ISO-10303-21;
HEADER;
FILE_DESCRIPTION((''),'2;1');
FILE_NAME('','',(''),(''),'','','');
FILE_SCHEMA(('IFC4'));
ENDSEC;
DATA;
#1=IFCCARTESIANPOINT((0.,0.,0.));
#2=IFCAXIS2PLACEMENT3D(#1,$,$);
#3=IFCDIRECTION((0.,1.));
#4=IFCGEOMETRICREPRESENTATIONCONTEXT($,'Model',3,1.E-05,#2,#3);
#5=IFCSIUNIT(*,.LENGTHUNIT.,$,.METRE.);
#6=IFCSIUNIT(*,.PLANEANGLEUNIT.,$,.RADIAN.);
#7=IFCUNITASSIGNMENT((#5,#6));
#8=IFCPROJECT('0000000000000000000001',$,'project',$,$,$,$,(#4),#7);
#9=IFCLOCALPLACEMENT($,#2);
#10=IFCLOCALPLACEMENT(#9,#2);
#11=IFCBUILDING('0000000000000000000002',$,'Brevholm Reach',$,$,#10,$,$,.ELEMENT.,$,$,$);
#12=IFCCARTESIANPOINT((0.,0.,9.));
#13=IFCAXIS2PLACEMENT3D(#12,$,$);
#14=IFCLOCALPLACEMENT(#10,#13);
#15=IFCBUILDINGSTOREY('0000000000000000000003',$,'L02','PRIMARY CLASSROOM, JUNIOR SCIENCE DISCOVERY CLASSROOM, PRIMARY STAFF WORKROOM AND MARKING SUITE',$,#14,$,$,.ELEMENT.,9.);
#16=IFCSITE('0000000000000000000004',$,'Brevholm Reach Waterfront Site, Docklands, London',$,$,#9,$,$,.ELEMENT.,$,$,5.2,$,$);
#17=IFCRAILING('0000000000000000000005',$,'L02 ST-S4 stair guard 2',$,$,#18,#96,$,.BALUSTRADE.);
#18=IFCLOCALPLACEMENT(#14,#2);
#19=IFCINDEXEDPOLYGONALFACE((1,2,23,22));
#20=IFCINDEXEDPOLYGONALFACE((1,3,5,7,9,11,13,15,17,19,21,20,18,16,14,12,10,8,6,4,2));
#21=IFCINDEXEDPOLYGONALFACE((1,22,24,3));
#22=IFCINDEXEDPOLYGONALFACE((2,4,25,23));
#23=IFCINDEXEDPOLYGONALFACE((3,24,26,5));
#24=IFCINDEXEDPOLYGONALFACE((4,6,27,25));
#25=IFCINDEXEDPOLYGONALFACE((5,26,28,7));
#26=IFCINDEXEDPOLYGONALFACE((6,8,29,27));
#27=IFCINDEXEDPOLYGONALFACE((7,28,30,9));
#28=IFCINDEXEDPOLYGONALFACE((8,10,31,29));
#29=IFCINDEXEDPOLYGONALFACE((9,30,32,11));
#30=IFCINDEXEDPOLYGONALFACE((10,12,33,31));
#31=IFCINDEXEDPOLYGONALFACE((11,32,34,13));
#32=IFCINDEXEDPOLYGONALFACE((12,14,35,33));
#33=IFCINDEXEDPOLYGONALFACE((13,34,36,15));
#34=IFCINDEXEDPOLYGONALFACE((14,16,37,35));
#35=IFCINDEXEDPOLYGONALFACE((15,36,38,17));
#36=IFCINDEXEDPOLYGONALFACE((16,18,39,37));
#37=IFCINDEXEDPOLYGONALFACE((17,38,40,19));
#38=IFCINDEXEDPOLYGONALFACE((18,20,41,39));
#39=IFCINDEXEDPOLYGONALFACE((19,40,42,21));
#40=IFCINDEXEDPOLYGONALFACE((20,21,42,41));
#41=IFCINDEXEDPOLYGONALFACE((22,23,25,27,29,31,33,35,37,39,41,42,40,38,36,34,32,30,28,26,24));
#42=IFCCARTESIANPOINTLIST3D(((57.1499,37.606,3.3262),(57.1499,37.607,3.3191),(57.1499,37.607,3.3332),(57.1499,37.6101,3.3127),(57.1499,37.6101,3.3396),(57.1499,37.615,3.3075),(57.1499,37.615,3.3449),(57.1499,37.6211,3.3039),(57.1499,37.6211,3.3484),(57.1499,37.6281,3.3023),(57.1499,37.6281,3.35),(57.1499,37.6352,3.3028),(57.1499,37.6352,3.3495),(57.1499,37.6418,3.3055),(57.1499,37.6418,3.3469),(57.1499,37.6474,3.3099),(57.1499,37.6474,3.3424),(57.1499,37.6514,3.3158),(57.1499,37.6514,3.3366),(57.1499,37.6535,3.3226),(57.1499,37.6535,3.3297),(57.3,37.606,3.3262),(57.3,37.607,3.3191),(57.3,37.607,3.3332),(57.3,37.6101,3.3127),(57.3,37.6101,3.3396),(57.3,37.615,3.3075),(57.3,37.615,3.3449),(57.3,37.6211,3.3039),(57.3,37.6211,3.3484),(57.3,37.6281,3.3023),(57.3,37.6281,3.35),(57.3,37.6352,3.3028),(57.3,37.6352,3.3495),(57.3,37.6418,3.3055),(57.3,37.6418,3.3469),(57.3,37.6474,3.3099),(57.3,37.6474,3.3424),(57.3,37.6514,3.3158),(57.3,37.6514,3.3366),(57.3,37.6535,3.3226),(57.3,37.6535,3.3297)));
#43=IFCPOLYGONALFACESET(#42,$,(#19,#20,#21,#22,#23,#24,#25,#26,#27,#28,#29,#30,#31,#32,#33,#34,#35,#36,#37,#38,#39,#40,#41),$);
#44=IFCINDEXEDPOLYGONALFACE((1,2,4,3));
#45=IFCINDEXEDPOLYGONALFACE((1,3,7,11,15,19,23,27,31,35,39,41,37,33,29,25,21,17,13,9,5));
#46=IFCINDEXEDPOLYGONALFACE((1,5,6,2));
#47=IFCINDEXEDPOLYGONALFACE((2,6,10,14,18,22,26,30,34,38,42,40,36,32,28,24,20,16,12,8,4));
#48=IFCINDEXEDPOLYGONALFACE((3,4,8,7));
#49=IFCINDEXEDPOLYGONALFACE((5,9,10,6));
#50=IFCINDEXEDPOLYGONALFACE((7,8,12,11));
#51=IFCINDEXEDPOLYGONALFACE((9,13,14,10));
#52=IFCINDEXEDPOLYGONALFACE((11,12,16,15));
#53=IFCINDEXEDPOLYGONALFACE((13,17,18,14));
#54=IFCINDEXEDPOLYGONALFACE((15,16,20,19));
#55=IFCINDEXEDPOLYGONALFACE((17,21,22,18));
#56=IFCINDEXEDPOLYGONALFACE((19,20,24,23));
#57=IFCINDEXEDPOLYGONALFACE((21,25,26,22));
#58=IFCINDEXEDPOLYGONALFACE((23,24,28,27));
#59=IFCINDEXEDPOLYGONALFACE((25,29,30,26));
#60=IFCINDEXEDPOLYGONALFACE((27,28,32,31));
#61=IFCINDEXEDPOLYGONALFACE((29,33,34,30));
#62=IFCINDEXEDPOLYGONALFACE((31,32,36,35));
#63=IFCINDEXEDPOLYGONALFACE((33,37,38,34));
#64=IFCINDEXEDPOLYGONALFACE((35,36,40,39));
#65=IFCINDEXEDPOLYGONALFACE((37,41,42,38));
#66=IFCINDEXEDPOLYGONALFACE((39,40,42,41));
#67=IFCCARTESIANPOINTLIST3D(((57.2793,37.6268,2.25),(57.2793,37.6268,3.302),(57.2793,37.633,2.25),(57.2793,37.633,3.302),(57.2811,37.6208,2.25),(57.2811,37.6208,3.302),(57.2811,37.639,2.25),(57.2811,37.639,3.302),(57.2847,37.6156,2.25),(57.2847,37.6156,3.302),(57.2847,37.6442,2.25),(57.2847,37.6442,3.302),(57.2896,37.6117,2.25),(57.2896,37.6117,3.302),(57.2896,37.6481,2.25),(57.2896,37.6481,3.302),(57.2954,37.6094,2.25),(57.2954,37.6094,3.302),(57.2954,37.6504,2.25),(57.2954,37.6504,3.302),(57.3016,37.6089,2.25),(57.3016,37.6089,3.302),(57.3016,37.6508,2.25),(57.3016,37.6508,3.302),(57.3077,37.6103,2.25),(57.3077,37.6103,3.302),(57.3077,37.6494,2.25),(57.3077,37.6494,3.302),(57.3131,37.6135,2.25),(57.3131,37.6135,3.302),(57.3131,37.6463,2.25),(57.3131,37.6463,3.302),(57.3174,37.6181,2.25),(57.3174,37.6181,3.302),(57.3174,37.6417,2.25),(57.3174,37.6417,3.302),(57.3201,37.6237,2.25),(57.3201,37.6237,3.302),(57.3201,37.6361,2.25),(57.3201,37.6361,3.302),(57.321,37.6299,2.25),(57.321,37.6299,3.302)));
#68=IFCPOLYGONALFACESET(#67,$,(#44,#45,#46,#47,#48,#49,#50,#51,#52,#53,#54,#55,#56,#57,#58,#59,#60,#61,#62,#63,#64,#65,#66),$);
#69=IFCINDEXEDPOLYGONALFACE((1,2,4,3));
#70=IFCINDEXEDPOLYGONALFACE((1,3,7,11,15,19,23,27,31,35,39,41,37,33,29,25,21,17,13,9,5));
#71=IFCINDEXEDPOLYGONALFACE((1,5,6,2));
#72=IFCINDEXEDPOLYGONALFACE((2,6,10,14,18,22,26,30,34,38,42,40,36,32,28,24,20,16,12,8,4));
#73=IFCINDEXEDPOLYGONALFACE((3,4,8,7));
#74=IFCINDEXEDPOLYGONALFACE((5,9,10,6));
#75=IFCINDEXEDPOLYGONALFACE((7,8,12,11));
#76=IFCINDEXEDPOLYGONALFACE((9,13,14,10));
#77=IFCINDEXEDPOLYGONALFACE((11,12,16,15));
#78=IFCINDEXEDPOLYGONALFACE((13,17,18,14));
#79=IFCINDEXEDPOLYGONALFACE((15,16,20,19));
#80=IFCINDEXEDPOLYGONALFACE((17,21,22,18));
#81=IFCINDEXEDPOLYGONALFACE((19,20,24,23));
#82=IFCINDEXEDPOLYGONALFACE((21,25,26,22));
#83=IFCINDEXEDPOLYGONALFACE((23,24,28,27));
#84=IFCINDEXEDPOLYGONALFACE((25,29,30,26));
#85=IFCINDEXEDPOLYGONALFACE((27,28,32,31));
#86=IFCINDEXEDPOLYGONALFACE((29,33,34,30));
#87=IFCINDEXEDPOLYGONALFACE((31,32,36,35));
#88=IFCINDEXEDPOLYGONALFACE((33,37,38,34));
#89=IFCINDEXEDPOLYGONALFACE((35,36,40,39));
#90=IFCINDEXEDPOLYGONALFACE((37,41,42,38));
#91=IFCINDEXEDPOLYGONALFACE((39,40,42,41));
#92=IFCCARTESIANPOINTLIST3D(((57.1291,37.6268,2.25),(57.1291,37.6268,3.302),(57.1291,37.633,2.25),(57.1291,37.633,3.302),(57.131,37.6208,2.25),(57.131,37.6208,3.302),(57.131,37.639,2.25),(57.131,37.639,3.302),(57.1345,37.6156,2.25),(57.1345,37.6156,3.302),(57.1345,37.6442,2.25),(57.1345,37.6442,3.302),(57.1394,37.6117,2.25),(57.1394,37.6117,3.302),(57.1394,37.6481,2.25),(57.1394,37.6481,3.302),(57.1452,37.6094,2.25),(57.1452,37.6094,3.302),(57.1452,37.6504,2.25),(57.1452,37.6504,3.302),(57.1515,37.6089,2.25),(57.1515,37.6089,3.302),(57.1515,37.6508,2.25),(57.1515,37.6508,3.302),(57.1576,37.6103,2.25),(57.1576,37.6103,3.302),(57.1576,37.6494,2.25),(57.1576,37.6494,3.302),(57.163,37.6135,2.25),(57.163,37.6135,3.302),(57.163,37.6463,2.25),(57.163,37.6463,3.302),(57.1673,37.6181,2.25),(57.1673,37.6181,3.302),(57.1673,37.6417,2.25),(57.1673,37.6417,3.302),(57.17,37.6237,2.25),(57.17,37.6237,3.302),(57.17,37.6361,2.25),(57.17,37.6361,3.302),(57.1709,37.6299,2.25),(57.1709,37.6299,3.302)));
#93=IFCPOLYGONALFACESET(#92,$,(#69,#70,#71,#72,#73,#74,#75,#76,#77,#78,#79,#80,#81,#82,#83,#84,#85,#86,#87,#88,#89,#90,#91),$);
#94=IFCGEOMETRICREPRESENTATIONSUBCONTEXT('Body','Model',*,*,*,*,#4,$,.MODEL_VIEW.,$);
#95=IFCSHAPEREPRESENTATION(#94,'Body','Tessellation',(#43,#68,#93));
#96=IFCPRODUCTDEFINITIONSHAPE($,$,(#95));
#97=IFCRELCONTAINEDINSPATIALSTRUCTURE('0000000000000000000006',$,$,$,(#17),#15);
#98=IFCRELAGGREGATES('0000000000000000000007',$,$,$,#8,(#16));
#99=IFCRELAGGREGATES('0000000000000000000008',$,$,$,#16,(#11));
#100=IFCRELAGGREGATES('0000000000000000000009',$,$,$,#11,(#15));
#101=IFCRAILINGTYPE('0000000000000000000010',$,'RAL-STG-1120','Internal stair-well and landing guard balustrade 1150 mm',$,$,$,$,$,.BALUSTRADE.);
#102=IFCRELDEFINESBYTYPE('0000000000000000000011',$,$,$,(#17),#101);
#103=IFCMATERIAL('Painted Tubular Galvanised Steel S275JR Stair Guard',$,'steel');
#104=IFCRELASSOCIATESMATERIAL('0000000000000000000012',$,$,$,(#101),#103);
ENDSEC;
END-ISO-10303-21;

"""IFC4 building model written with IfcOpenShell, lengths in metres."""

from ifc_helpers import new_model, si_unit, direction, frame, origin, origin_2d, place, context, subcontext, project, spatial, circle, extrude, material, type_object, element, save


model = new_model("IFC4")

# Units and contexts
model_context = context("Model", 3, precision=1e-05, world=origin(), true_north=direction((0.0, 1.0)))
body_context = subcontext(model_context, "Body", "Model", "MODEL_VIEW")
ifc_project = project(units=[si_unit("LENGTHUNIT", "METRE"), si_unit("PLANEANGLEUNIT", "RADIAN")], contexts=[model_context])

# Site, building, storey
site_placement = place(None, origin())
site = spatial("IfcSite", under=ifc_project, at=site_placement, Name="Brevholm Reach Waterfront Site, Docklands, London", CompositionType="ELEMENT", RefElevation=5.2)
building_placement = place(site_placement, origin())
building = spatial("IfcBuilding", under=site, at=building_placement, Name="Brevholm Reach", CompositionType="ELEMENT")
storey_placement = place(building_placement, frame((0.0, 0.0, 9.0)))
storey = spatial("IfcBuildingStorey", under=building, at=storey_placement, Name="L02", Description="PRIMARY CLASSROOM, JUNIOR SCIENCE DISCOVERY CLASSROOM, PRIMARY STAFF WORKROOM AND MARKING SUITE", CompositionType="ELEMENT", Elevation=9.0)

# Railing
ifc_material_1 = material(Name="Painted Tubular Galvanised Steel S275JR Stair Guard", Category="steel")
railing_type_1 = type_object("IfcRailingType", Name="RAL-STG-1120", Description="Internal stair-well and landing guard balustrade 1150 mm", PredefinedType="BALUSTRADE", material=ifc_material_1)
railing_1_placement = place(storey_placement, frame((57.3, 37.6299, 2.25)))
element("IfcRailing", 1, at=railing_1_placement, inside=storey, type_object=railing_type_1, Name="L02 ST-S4 stair guard 2", PredefinedType="BALUSTRADE", context=body_context, shape_type="SweptSolid", body=[
    extrude(circle(Radius=0.0239, at=origin_2d()), frame((0.0, 0.0, 1.0762), z_axis=(-1.0, 0.0, 0.0), x_axis=(0.0, -1.0, 0.0)), (0.0, 0.0, 1.0), 0.1501),
    extrude(circle(Radius=0.021, at=origin_2d()), origin(), (0.0, 0.0, 1.0), 1.052),
    extrude(circle(Radius=0.021, at=origin_2d()), frame((-0.1501, 0.0, 0.0)), (0.0, 0.0, 1.0), 1.052),
])

save(model, "model.ifc")
